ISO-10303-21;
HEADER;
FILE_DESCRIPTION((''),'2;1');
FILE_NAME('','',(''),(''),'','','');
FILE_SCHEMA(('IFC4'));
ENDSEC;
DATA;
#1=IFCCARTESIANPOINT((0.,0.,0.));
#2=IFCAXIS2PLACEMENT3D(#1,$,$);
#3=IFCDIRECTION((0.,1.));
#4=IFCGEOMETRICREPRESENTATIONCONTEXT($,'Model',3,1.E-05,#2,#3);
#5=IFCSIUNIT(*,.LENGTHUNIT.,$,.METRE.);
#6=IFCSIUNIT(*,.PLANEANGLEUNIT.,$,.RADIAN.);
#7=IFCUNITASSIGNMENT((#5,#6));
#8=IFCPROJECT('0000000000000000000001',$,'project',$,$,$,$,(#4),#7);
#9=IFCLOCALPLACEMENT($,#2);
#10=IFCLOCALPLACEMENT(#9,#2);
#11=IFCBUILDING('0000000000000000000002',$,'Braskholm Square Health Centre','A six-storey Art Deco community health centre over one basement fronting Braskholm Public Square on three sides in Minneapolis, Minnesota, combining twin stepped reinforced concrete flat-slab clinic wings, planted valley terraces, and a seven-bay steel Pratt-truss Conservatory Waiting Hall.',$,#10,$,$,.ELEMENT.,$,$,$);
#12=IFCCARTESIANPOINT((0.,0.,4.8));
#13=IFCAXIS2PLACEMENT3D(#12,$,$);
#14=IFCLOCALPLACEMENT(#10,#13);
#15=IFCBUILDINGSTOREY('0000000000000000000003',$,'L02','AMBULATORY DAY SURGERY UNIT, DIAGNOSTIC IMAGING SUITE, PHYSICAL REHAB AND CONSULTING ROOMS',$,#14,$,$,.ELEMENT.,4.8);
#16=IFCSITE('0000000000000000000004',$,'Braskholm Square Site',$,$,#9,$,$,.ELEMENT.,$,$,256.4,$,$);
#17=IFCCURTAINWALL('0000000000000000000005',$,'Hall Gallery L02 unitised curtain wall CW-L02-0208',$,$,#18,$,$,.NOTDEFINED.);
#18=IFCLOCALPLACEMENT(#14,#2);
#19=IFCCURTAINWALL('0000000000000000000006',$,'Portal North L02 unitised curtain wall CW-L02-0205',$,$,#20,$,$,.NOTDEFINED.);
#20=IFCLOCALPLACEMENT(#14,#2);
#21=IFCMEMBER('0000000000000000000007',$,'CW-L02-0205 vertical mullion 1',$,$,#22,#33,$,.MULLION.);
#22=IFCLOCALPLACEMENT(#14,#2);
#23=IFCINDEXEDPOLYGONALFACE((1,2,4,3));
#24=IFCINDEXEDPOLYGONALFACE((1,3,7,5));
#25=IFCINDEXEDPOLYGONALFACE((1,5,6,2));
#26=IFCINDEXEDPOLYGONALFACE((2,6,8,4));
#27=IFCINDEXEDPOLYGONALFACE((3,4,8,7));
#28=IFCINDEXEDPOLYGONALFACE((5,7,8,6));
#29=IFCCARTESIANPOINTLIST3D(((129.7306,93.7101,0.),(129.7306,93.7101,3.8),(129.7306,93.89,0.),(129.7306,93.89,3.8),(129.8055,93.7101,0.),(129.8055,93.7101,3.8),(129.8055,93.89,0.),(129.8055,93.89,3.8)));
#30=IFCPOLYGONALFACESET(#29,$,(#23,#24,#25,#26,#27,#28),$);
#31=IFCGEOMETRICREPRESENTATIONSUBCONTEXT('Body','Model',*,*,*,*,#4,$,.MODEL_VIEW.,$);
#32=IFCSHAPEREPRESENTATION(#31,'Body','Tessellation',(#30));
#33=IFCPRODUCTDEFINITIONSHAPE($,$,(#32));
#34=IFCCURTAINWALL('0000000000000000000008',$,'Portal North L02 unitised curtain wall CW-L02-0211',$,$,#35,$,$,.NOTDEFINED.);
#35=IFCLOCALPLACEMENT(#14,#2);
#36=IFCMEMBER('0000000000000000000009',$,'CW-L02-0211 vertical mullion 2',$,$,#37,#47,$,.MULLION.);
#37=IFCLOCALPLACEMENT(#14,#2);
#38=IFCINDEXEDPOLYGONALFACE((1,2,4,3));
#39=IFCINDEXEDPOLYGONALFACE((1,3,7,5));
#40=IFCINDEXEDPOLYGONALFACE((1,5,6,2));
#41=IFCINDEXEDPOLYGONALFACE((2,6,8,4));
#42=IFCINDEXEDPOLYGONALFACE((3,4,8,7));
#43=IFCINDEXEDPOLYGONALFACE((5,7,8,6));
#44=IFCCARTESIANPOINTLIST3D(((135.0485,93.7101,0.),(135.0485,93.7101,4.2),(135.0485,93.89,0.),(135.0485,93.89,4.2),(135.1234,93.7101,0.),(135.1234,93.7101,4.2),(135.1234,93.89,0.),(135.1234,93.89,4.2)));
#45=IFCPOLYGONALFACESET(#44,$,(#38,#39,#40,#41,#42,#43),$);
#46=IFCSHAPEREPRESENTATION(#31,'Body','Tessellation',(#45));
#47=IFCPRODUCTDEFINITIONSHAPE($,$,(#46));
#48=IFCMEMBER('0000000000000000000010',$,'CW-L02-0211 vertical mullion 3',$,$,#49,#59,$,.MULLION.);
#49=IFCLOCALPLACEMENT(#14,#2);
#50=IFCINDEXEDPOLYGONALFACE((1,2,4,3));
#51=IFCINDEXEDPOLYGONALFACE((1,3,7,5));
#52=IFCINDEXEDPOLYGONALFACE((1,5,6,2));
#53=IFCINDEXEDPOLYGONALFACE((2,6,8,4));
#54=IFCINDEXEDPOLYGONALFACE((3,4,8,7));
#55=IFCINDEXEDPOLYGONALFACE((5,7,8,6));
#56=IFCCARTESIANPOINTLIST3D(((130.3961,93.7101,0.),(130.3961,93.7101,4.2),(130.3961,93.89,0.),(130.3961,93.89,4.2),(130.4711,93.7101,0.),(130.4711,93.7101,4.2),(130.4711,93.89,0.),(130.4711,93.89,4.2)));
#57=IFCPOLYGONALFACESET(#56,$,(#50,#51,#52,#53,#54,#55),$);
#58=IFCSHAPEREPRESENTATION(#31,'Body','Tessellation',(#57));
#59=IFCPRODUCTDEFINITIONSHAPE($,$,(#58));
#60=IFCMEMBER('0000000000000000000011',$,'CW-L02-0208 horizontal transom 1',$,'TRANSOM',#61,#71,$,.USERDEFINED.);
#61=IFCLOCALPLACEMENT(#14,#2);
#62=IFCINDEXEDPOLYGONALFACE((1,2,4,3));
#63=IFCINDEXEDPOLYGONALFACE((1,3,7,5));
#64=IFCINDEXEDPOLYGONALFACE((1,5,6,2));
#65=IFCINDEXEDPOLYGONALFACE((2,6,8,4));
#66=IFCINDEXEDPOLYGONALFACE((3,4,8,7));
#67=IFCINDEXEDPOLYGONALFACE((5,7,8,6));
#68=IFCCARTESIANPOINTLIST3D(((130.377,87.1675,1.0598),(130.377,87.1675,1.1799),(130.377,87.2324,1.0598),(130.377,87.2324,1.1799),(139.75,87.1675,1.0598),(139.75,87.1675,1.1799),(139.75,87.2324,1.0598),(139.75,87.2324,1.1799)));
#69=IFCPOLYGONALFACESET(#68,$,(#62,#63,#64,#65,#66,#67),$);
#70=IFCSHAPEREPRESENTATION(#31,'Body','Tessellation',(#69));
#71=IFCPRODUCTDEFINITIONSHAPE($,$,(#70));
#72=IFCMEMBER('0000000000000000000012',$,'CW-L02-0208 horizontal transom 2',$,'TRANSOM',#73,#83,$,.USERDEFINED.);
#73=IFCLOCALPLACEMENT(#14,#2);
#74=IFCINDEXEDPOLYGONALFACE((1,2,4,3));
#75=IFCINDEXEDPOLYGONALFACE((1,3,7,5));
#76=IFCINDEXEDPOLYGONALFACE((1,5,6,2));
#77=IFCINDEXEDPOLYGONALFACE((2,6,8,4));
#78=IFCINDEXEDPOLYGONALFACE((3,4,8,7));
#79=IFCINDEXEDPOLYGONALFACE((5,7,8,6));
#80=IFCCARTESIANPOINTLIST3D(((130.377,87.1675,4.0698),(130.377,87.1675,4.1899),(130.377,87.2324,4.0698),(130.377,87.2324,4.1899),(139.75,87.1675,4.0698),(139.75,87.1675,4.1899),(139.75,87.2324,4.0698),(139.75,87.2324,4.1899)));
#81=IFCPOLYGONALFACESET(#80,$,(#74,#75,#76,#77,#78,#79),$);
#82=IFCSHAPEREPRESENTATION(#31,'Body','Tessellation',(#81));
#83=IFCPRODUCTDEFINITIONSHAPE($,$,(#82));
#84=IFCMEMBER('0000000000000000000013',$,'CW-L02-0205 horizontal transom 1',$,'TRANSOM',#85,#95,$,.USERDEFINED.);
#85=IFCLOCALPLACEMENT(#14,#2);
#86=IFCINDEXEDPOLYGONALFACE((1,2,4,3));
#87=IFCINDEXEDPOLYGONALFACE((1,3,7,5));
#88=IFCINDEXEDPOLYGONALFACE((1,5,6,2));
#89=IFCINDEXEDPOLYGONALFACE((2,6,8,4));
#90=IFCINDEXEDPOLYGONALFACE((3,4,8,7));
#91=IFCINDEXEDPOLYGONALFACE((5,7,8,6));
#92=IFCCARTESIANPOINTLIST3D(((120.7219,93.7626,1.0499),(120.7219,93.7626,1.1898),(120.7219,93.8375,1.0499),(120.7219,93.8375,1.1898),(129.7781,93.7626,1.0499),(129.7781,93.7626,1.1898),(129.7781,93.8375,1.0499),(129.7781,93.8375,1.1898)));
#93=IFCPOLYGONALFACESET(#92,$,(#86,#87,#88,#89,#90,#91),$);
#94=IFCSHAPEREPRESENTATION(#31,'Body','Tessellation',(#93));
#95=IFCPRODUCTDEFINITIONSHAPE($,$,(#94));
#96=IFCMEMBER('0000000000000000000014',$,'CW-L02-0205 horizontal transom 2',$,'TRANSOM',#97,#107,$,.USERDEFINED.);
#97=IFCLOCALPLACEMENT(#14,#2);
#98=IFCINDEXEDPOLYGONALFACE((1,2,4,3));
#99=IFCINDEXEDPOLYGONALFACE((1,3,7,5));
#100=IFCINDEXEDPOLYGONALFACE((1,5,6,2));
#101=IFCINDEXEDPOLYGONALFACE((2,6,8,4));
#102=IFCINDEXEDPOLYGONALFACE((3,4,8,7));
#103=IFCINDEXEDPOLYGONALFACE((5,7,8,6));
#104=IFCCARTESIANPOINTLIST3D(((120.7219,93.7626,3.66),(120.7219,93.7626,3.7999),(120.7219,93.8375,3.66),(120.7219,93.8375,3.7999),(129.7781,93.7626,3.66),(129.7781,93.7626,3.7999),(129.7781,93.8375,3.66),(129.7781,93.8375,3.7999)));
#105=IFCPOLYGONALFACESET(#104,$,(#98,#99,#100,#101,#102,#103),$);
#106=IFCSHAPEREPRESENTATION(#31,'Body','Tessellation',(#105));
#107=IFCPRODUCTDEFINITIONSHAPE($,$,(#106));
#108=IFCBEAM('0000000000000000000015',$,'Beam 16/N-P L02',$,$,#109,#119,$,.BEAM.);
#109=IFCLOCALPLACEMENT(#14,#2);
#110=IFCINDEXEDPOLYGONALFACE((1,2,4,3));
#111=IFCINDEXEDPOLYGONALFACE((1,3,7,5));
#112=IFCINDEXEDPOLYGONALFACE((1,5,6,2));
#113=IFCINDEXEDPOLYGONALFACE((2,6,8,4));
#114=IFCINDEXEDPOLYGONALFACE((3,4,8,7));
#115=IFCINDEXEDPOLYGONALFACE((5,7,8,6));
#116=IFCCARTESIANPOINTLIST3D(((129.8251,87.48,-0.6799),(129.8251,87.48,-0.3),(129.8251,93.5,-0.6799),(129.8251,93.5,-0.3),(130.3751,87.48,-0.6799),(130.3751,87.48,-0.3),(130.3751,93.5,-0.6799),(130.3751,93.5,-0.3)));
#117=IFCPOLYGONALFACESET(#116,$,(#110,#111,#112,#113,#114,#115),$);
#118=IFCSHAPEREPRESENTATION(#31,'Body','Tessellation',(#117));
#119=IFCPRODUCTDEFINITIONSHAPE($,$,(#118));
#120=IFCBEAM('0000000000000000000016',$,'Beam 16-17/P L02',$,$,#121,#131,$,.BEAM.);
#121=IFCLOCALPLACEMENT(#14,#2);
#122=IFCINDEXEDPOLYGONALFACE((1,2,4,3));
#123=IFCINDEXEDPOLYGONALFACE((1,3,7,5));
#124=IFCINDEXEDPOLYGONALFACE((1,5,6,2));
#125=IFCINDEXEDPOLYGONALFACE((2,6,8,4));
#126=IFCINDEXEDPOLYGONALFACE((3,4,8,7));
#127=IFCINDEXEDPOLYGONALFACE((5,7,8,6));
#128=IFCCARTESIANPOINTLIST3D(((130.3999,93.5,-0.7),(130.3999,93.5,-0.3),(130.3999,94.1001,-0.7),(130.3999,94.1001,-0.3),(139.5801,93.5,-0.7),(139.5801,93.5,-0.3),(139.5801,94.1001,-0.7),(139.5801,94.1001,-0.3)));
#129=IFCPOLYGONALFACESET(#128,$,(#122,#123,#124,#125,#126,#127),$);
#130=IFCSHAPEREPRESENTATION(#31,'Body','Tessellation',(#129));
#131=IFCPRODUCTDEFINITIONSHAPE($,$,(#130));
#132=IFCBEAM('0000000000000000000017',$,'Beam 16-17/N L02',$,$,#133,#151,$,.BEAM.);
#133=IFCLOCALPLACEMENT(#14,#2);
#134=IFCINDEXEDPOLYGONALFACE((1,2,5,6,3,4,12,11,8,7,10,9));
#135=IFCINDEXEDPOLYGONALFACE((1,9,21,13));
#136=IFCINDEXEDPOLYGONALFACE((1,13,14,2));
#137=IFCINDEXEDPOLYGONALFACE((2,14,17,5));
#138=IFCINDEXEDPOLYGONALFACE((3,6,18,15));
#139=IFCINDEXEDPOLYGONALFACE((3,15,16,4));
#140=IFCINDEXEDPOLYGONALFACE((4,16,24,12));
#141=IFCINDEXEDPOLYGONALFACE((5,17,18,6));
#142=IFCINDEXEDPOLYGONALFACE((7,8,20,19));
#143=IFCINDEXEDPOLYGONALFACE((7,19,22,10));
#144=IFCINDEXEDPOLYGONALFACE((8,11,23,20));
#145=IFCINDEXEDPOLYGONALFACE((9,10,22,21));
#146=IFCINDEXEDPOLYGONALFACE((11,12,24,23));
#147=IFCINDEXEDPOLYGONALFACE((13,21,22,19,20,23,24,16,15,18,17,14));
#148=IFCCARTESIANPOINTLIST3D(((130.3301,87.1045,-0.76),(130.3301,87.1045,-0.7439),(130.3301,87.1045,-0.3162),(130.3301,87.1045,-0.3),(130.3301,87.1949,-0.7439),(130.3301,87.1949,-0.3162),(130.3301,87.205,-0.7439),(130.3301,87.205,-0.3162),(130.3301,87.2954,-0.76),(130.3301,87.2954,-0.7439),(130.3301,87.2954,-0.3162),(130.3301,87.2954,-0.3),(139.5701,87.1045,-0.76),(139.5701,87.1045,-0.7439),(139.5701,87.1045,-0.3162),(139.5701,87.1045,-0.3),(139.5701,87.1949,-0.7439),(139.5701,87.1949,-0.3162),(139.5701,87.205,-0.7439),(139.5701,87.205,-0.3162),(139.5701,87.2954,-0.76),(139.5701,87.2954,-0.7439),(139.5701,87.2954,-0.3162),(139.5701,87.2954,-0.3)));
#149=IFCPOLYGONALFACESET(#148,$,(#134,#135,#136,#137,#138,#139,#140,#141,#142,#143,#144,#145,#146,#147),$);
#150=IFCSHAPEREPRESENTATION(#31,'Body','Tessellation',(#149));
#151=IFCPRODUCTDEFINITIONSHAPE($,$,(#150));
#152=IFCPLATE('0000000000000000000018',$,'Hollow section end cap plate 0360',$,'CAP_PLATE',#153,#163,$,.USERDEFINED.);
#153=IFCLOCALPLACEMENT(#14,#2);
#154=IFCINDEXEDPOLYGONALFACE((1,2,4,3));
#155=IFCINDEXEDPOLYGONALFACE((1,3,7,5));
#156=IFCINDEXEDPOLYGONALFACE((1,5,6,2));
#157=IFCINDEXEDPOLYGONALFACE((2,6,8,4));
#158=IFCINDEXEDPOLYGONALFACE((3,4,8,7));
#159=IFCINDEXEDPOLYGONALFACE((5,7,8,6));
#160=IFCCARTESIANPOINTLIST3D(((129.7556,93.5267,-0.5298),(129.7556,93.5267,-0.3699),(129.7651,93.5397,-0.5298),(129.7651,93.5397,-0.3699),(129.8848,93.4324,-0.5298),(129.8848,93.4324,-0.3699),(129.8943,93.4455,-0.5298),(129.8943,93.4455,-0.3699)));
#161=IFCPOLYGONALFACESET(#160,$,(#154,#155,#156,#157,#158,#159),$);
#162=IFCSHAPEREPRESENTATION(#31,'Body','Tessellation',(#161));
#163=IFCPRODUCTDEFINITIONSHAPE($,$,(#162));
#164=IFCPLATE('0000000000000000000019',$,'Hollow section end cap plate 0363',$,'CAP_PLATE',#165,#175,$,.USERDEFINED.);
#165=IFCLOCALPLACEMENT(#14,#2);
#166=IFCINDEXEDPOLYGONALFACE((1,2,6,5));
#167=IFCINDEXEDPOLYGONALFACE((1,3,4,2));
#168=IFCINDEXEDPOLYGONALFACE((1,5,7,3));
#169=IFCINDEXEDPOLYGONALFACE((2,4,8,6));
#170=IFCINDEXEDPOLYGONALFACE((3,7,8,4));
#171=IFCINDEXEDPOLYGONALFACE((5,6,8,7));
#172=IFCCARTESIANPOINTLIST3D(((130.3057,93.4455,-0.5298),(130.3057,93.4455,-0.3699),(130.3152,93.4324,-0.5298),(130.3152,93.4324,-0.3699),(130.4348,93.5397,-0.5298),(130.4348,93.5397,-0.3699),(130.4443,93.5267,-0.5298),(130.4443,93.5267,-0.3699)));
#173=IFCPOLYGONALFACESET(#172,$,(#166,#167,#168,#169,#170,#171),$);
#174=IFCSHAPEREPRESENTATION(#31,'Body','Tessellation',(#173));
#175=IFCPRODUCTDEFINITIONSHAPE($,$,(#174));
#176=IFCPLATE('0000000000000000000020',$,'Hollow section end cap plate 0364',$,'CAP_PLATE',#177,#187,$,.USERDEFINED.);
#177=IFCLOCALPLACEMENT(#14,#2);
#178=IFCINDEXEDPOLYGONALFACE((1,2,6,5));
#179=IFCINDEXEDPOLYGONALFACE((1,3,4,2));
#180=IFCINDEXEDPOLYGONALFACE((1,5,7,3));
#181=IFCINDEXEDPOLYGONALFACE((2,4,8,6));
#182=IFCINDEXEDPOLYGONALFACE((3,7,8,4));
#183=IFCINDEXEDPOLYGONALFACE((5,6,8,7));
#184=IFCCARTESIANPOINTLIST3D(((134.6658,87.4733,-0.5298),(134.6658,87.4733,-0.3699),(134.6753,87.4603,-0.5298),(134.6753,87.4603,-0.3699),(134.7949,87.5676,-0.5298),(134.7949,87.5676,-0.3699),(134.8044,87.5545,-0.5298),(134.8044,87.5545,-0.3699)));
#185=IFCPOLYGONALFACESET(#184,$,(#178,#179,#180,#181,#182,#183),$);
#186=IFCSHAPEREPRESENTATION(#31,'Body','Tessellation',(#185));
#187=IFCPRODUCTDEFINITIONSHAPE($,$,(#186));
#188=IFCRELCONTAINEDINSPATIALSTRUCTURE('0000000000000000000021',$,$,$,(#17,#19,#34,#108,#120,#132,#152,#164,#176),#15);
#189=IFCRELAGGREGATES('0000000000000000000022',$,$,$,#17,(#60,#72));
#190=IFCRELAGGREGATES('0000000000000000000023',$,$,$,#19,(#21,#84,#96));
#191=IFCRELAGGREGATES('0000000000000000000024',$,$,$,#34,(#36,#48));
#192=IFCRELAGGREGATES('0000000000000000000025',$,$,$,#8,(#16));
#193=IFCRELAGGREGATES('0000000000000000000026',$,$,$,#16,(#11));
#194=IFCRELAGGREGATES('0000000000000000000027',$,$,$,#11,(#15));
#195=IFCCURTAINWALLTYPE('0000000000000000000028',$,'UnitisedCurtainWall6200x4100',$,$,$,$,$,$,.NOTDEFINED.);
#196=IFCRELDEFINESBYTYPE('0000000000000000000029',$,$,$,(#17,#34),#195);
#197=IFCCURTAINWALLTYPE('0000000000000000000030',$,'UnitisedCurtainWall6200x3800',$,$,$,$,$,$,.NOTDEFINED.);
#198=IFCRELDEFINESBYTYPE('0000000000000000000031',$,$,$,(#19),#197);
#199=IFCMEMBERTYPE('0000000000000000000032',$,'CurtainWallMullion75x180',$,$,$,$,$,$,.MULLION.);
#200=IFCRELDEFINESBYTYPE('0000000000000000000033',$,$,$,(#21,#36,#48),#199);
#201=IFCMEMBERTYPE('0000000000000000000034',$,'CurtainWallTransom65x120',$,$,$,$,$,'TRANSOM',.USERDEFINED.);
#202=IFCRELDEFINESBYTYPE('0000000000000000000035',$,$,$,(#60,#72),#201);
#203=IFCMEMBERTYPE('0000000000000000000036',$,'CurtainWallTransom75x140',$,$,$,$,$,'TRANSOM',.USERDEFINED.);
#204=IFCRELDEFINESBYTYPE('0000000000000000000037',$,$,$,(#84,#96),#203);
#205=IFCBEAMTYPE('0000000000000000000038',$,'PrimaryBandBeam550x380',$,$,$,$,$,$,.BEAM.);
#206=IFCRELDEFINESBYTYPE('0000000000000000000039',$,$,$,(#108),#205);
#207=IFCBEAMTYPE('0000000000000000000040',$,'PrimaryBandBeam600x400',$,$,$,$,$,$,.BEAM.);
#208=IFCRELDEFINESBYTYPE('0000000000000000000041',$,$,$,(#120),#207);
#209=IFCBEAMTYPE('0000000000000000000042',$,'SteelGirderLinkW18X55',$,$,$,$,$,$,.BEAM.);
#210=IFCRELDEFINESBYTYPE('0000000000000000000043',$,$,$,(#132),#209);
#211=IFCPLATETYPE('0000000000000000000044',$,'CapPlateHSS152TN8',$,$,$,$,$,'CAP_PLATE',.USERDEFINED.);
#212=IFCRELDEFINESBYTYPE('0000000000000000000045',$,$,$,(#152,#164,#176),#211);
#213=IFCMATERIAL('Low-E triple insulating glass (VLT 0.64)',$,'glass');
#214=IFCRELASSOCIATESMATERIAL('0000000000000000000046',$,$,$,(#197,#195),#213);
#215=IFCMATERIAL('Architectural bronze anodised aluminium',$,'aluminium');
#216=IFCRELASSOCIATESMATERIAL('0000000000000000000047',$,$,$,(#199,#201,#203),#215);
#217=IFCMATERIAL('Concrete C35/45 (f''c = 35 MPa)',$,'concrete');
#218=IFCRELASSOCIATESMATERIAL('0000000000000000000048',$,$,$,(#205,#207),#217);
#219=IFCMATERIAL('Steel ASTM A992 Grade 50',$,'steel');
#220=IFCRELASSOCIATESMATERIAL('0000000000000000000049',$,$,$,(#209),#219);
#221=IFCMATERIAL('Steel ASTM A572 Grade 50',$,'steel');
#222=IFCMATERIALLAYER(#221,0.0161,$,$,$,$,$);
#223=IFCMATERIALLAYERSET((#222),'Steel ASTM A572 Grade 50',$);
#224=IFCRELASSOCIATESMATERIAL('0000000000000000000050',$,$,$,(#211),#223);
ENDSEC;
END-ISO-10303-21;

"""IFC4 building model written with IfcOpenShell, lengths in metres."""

from ifc_helpers import new_model, si_unit, direction, frame, origin, origin_2d, place, context, subcontext, project, spatial, rectangle, i_section, extrude, material, layer, layer_set, material_profile, profile_set, type_object, element, aggregate, save


model = new_model("IFC4")

# Units and contexts
model_context = context("Model", 3, precision=1e-05, world=origin(), true_north=direction((0.0, 1.0)))
body_context = subcontext(model_context, "Body", "Model", "MODEL_VIEW")
ifc_project = project(units=[si_unit("LENGTHUNIT", "METRE"), si_unit("PLANEANGLEUNIT", "RADIAN")], contexts=[model_context])

# Site, building, storey
site_placement = place(None, origin())
site = spatial("IfcSite", under=ifc_project, at=site_placement, Name="Braskholm Square Site", CompositionType="ELEMENT", RefElevation=256.4)
building_placement = place(site_placement, origin())
building = spatial("IfcBuilding", under=site, at=building_placement, Name="Braskholm Square Health Centre", Description="A six-storey Art Deco community health centre over one basement fronting Braskholm Public Square on three sides in Minneapolis, Minnesota, combining twin stepped reinforced concrete flat-slab clinic wings, planted valley terraces, and a seven-bay steel Pratt-truss Conservatory Waiting Hall.", CompositionType="ELEMENT")
storey_placement = place(building_placement, frame((0.0, 0.0, 4.8)))
storey = spatial("IfcBuildingStorey", under=building, at=storey_placement, Name="L02", Description="AMBULATORY DAY SURGERY UNIT, DIAGNOSTIC IMAGING SUITE, PHYSICAL REHAB AND CONSULTING ROOMS", CompositionType="ELEMENT", Elevation=4.8)

# Shared definitions
ifc_material_1 = material(Name="Low-E triple insulating glass (VLT 0.64)", Category="glass")
curtain_wall_type_1 = type_object("IfcCurtainWallType", Name="UnitisedCurtainWall6200x3800", PredefinedType="NOTDEFINED", material=ifc_material_1)
ifc_material_2 = material(Name="Architectural bronze anodised aluminium", Category="aluminium")

# Curtain wall
curtain_wall_type_2 = type_object("IfcCurtainWallType", Name="UnitisedCurtainWall6200x4100", PredefinedType="NOTDEFINED", material=ifc_material_1)
curtain_wall_1_placement = place(storey_placement, origin())
curtain_wall_1 = element("IfcCurtainWall", 1, at=curtain_wall_1_placement, inside=storey, type_object=curtain_wall_type_2, Name="Hall Gallery L02 unitised curtain wall CW-L02-0208", PredefinedType="NOTDEFINED")

# Curtain wall, member
curtain_wall_2_placement = place(storey_placement, origin())
curtain_wall_2 = element("IfcCurtainWall", 2, at=curtain_wall_2_placement, inside=storey, type_object=curtain_wall_type_1, Name="Portal North L02 unitised curtain wall CW-L02-0205", PredefinedType="NOTDEFINED")
ifc_material_profile_1 = material_profile(ifc_material_2, rectangle(XDim=0.075, YDim=0.1799, at=origin_2d()), Name="ALU-75X180")
ifc_profile_set_1 = profile_set([ifc_material_profile_1], Name="Architectural bronze anodised aluminium")
member_type_1 = type_object("IfcMemberType", Name="CurtainWallMullion75x180", PredefinedType="MULLION", material=ifc_profile_set_1)
member_1_placement = place(storey_placement, frame((129.7681, 93.8, 0.0), z_axis=(0.0, 0.0, 1.0), x_axis=(1.0, 0.0, 0.0)))
member_1 = element("IfcMember", 3, at=member_1_placement, type_object=member_type_1, Name="CW-L02-0205 vertical mullion 1", PredefinedType="MULLION", context=body_context, shape_type="SweptSolid", body=[
    extrude(rectangle(XDim=0.075, YDim=0.1799, at=origin_2d()), origin(), (0.0, 0.0, 1.0), 3.8),
])

# Curtain wall, members
curtain_wall_3_placement = place(storey_placement, origin())
curtain_wall_3 = element("IfcCurtainWall", 4, at=curtain_wall_3_placement, inside=storey, type_object=curtain_wall_type_2, Name="Portal North L02 unitised curtain wall CW-L02-0211", PredefinedType="NOTDEFINED")
member_2_placement = place(storey_placement, frame((135.0859, 93.8, 0.0), z_axis=(0.0, 0.0, 1.0), x_axis=(1.0, 0.0, 0.0)))
member_2 = element("IfcMember", 5, at=member_2_placement, type_object=member_type_1, Name="CW-L02-0211 vertical mullion 2", PredefinedType="MULLION", context=body_context, shape_type="SweptSolid", body=[
    extrude(rectangle(XDim=0.075, YDim=0.1799, at=origin_2d()), origin(), (0.0, 0.0, 1.0), 4.2),
])
member_3_placement = place(storey_placement, frame((130.4336, 93.8, 0.0), z_axis=(0.0, 0.0, 1.0), x_axis=(1.0, 0.0, 0.0)))
member_3 = element("IfcMember", 6, at=member_3_placement, type_object=member_type_1, Name="CW-L02-0211 vertical mullion 3", PredefinedType="MULLION", context=body_context, shape_type="SweptSolid", body=[
    extrude(rectangle(XDim=0.075, YDim=0.1799, at=origin_2d()), origin(), (0.0, 0.0, 1.0), 4.2),
])

# Members
ifc_material_profile_2 = material_profile(ifc_material_2, rectangle(XDim=0.0649, YDim=0.1201, at=origin_2d()), Name="ALU-65X120")
ifc_profile_set_2 = profile_set([ifc_material_profile_2], Name="Architectural bronze anodised aluminium")
member_type_2 = type_object("IfcMemberType", Name="CurtainWallTransom65x120", ElementType="TRANSOM", PredefinedType="USERDEFINED", material=ifc_profile_set_2)
member_4_placement = place(storey_placement, frame((130.377, 87.2, 1.1199), z_axis=(1.0, 0.0, 0.0), x_axis=(0.0, 1.0, 0.0)))
member_4 = element("IfcMember", 7, at=member_4_placement, type_object=member_type_2, Name="CW-L02-0208 horizontal transom 1", ObjectType="TRANSOM", PredefinedType="USERDEFINED", context=body_context, shape_type="SweptSolid", body=[
    extrude(rectangle(XDim=0.0649, YDim=0.1201, at=origin_2d()), origin(), (0.0, 0.0, 1.0), 9.373),
])
member_5_placement = place(storey_placement, frame((130.377, 87.2, 4.1299), z_axis=(1.0, 0.0, 0.0), x_axis=(0.0, 1.0, 0.0)))
member_5 = element("IfcMember", 8, at=member_5_placement, type_object=member_type_2, Name="CW-L02-0208 horizontal transom 2", ObjectType="TRANSOM", PredefinedType="USERDEFINED", context=body_context, shape_type="SweptSolid", body=[
    extrude(rectangle(XDim=0.0649, YDim=0.1201, at=origin_2d()), origin(), (0.0, 0.0, 1.0), 9.373),
])
ifc_material_profile_3 = material_profile(ifc_material_2, rectangle(XDim=0.075, YDim=0.1399, at=origin_2d()), Name="ALU-75X140")
ifc_profile_set_3 = profile_set([ifc_material_profile_3], Name="Architectural bronze anodised aluminium")
member_type_3 = type_object("IfcMemberType", Name="CurtainWallTransom75x140", ElementType="TRANSOM", PredefinedType="USERDEFINED", material=ifc_profile_set_3)
member_6_placement = place(storey_placement, frame((129.7781, 93.8, 1.1199), z_axis=(-1.0, 0.0, 0.0), x_axis=(0.0, -1.0, 0.0)))
member_6 = element("IfcMember", 9, at=member_6_placement, type_object=member_type_3, Name="CW-L02-0205 horizontal transom 1", ObjectType="TRANSOM", PredefinedType="USERDEFINED", context=body_context, shape_type="SweptSolid", body=[
    extrude(rectangle(XDim=0.075, YDim=0.1399, at=origin_2d()), origin(), (0.0, 0.0, 1.0), 9.0562),
])
member_7_placement = place(storey_placement, frame((129.7781, 93.8, 3.73), z_axis=(-1.0, 0.0, 0.0), x_axis=(0.0, -1.0, 0.0)))
member_7 = element("IfcMember", 10, at=member_7_placement, type_object=member_type_3, Name="CW-L02-0205 horizontal transom 2", ObjectType="TRANSOM", PredefinedType="USERDEFINED", context=body_context, shape_type="SweptSolid", body=[
    extrude(rectangle(XDim=0.075, YDim=0.1399, at=origin_2d()), origin(), (0.0, 0.0, 1.0), 9.0562),
])

# Beams
ifc_material_3 = material(Name="Concrete C35/45 (f'c = 35 MPa)", Category="concrete")
ifc_material_profile_4 = material_profile(ifc_material_3, rectangle(XDim=0.55, YDim=0.3799, at=origin_2d()), Name="RCB-550X380")
ifc_profile_set_4 = profile_set([ifc_material_profile_4], Name="Concrete C35/45 (f'c = 35 MPa)")
beam_type_1 = type_object("IfcBeamType", Name="PrimaryBandBeam550x380", PredefinedType="BEAM", material=ifc_profile_set_4)
beam_1_placement = place(storey_placement, frame((130.1001, 87.48, -0.49), z_axis=(0.0, 1.0, 0.0), x_axis=(-1.0, 0.0, 0.0)))
element("IfcBeam", 11, at=beam_1_placement, inside=storey, type_object=beam_type_1, Name="Beam 16/N-P L02", PredefinedType="BEAM", context=body_context, shape_type="SweptSolid", body=[
    extrude(rectangle(XDim=0.55, YDim=0.3799, at=origin_2d()), origin(), (0.0, 0.0, 1.0), 6.02),
])
ifc_material_profile_5 = material_profile(ifc_material_3, rectangle(XDim=0.6001, YDim=0.3999, at=origin_2d()), Name="RCB-600X400")
ifc_profile_set_5 = profile_set([ifc_material_profile_5], Name="Concrete C35/45 (f'c = 35 MPa)")
beam_type_2 = type_object("IfcBeamType", Name="PrimaryBandBeam600x400", PredefinedType="BEAM", material=ifc_profile_set_5)
beam_2_placement = place(storey_placement, frame((130.3999, 93.8, -0.5), z_axis=(1.0, 0.0, 0.0), x_axis=(0.0, 1.0, 0.0)))
element("IfcBeam", 12, at=beam_2_placement, inside=storey, type_object=beam_type_2, Name="Beam 16-17/P L02", PredefinedType="BEAM", context=body_context, shape_type="SweptSolid", body=[
    extrude(rectangle(XDim=0.6001, YDim=0.3999, at=origin_2d()), origin(), (0.0, 0.0, 1.0), 9.1802),
])
ifc_material_4 = material(Name="Steel ASTM A992 Grade 50", Category="steel")
ifc_material_profile_6 = material_profile(ifc_material_4, i_section(OverallWidth=0.1909, OverallDepth=0.46, WebThickness=0.01, FlangeThickness=0.0161, at=origin_2d()), Name="W18X55")
ifc_profile_set_6 = profile_set([ifc_material_profile_6], Name="Steel ASTM A992 Grade 50")
beam_type_3 = type_object("IfcBeamType", Name="SteelGirderLinkW18X55", PredefinedType="BEAM", material=ifc_profile_set_6)
beam_3_placement = place(storey_placement, frame((130.3301, 87.2, -0.53), z_axis=(1.0, 0.0, 0.0), x_axis=(0.0, 1.0, 0.0)))
element("IfcBeam", 13, at=beam_3_placement, inside=storey, type_object=beam_type_3, Name="Beam 16-17/N L02", PredefinedType="BEAM", context=body_context, shape_type="SweptSolid", body=[
    extrude(i_section(OverallWidth=0.1909, OverallDepth=0.46, WebThickness=0.01, FlangeThickness=0.0161, at=origin_2d()), origin(), (0.0, 0.0, 1.0), 9.24),
])

# Plates
ifc_material_5 = material(Name="Steel ASTM A572 Grade 50", Category="steel")
ifc_layer_1 = layer(ifc_material_5, 0.0161)
ifc_layer_set_1 = layer_set([ifc_layer_1], Name="Steel ASTM A572 Grade 50")
plate_type_1 = type_object("IfcPlateType", Name="CapPlateHSS152TN8", ElementType="CAP_PLATE", PredefinedType="USERDEFINED", material=ifc_layer_set_1)
for number, where, z_axis, x_axis, name in (
    (14, (129.825, 93.4861, -0.5298), (0.0, 0.0, 1.0), (-0.589535, -0.807743, 0.0), "Hollow section end cap plate 0360"),
    (15, (130.375, 93.4861, -0.5298), (0.0, 0.0, 1.0), (0.589535, -0.807743, 0.0), "Hollow section end cap plate 0363"),
    (16, (134.7351, 87.5139, -0.5298), (0.0, 0.0, 1.0), (0.589535, -0.807743, 0.0), "Hollow section end cap plate 0364"),
):
    element("IfcPlate", number, at=place(storey_placement, frame(where, z_axis=z_axis, x_axis=x_axis)), inside=storey, type_object=plate_type_1, Name=name, ObjectType="CAP_PLATE", PredefinedType="USERDEFINED", context=body_context, shape_type="SweptSolid", body=[
        extrude(rectangle(XDim=0.0161, YDim=0.1599, at=origin_2d()), origin(), (0.0, 0.0, 1.0), 0.1599),
    ])

aggregate(curtain_wall_1, [member_4, member_5])
aggregate(curtain_wall_2, [member_1, member_6, member_7])
aggregate(curtain_wall_3, [member_2, member_3])

save(model, "model.ifc")
